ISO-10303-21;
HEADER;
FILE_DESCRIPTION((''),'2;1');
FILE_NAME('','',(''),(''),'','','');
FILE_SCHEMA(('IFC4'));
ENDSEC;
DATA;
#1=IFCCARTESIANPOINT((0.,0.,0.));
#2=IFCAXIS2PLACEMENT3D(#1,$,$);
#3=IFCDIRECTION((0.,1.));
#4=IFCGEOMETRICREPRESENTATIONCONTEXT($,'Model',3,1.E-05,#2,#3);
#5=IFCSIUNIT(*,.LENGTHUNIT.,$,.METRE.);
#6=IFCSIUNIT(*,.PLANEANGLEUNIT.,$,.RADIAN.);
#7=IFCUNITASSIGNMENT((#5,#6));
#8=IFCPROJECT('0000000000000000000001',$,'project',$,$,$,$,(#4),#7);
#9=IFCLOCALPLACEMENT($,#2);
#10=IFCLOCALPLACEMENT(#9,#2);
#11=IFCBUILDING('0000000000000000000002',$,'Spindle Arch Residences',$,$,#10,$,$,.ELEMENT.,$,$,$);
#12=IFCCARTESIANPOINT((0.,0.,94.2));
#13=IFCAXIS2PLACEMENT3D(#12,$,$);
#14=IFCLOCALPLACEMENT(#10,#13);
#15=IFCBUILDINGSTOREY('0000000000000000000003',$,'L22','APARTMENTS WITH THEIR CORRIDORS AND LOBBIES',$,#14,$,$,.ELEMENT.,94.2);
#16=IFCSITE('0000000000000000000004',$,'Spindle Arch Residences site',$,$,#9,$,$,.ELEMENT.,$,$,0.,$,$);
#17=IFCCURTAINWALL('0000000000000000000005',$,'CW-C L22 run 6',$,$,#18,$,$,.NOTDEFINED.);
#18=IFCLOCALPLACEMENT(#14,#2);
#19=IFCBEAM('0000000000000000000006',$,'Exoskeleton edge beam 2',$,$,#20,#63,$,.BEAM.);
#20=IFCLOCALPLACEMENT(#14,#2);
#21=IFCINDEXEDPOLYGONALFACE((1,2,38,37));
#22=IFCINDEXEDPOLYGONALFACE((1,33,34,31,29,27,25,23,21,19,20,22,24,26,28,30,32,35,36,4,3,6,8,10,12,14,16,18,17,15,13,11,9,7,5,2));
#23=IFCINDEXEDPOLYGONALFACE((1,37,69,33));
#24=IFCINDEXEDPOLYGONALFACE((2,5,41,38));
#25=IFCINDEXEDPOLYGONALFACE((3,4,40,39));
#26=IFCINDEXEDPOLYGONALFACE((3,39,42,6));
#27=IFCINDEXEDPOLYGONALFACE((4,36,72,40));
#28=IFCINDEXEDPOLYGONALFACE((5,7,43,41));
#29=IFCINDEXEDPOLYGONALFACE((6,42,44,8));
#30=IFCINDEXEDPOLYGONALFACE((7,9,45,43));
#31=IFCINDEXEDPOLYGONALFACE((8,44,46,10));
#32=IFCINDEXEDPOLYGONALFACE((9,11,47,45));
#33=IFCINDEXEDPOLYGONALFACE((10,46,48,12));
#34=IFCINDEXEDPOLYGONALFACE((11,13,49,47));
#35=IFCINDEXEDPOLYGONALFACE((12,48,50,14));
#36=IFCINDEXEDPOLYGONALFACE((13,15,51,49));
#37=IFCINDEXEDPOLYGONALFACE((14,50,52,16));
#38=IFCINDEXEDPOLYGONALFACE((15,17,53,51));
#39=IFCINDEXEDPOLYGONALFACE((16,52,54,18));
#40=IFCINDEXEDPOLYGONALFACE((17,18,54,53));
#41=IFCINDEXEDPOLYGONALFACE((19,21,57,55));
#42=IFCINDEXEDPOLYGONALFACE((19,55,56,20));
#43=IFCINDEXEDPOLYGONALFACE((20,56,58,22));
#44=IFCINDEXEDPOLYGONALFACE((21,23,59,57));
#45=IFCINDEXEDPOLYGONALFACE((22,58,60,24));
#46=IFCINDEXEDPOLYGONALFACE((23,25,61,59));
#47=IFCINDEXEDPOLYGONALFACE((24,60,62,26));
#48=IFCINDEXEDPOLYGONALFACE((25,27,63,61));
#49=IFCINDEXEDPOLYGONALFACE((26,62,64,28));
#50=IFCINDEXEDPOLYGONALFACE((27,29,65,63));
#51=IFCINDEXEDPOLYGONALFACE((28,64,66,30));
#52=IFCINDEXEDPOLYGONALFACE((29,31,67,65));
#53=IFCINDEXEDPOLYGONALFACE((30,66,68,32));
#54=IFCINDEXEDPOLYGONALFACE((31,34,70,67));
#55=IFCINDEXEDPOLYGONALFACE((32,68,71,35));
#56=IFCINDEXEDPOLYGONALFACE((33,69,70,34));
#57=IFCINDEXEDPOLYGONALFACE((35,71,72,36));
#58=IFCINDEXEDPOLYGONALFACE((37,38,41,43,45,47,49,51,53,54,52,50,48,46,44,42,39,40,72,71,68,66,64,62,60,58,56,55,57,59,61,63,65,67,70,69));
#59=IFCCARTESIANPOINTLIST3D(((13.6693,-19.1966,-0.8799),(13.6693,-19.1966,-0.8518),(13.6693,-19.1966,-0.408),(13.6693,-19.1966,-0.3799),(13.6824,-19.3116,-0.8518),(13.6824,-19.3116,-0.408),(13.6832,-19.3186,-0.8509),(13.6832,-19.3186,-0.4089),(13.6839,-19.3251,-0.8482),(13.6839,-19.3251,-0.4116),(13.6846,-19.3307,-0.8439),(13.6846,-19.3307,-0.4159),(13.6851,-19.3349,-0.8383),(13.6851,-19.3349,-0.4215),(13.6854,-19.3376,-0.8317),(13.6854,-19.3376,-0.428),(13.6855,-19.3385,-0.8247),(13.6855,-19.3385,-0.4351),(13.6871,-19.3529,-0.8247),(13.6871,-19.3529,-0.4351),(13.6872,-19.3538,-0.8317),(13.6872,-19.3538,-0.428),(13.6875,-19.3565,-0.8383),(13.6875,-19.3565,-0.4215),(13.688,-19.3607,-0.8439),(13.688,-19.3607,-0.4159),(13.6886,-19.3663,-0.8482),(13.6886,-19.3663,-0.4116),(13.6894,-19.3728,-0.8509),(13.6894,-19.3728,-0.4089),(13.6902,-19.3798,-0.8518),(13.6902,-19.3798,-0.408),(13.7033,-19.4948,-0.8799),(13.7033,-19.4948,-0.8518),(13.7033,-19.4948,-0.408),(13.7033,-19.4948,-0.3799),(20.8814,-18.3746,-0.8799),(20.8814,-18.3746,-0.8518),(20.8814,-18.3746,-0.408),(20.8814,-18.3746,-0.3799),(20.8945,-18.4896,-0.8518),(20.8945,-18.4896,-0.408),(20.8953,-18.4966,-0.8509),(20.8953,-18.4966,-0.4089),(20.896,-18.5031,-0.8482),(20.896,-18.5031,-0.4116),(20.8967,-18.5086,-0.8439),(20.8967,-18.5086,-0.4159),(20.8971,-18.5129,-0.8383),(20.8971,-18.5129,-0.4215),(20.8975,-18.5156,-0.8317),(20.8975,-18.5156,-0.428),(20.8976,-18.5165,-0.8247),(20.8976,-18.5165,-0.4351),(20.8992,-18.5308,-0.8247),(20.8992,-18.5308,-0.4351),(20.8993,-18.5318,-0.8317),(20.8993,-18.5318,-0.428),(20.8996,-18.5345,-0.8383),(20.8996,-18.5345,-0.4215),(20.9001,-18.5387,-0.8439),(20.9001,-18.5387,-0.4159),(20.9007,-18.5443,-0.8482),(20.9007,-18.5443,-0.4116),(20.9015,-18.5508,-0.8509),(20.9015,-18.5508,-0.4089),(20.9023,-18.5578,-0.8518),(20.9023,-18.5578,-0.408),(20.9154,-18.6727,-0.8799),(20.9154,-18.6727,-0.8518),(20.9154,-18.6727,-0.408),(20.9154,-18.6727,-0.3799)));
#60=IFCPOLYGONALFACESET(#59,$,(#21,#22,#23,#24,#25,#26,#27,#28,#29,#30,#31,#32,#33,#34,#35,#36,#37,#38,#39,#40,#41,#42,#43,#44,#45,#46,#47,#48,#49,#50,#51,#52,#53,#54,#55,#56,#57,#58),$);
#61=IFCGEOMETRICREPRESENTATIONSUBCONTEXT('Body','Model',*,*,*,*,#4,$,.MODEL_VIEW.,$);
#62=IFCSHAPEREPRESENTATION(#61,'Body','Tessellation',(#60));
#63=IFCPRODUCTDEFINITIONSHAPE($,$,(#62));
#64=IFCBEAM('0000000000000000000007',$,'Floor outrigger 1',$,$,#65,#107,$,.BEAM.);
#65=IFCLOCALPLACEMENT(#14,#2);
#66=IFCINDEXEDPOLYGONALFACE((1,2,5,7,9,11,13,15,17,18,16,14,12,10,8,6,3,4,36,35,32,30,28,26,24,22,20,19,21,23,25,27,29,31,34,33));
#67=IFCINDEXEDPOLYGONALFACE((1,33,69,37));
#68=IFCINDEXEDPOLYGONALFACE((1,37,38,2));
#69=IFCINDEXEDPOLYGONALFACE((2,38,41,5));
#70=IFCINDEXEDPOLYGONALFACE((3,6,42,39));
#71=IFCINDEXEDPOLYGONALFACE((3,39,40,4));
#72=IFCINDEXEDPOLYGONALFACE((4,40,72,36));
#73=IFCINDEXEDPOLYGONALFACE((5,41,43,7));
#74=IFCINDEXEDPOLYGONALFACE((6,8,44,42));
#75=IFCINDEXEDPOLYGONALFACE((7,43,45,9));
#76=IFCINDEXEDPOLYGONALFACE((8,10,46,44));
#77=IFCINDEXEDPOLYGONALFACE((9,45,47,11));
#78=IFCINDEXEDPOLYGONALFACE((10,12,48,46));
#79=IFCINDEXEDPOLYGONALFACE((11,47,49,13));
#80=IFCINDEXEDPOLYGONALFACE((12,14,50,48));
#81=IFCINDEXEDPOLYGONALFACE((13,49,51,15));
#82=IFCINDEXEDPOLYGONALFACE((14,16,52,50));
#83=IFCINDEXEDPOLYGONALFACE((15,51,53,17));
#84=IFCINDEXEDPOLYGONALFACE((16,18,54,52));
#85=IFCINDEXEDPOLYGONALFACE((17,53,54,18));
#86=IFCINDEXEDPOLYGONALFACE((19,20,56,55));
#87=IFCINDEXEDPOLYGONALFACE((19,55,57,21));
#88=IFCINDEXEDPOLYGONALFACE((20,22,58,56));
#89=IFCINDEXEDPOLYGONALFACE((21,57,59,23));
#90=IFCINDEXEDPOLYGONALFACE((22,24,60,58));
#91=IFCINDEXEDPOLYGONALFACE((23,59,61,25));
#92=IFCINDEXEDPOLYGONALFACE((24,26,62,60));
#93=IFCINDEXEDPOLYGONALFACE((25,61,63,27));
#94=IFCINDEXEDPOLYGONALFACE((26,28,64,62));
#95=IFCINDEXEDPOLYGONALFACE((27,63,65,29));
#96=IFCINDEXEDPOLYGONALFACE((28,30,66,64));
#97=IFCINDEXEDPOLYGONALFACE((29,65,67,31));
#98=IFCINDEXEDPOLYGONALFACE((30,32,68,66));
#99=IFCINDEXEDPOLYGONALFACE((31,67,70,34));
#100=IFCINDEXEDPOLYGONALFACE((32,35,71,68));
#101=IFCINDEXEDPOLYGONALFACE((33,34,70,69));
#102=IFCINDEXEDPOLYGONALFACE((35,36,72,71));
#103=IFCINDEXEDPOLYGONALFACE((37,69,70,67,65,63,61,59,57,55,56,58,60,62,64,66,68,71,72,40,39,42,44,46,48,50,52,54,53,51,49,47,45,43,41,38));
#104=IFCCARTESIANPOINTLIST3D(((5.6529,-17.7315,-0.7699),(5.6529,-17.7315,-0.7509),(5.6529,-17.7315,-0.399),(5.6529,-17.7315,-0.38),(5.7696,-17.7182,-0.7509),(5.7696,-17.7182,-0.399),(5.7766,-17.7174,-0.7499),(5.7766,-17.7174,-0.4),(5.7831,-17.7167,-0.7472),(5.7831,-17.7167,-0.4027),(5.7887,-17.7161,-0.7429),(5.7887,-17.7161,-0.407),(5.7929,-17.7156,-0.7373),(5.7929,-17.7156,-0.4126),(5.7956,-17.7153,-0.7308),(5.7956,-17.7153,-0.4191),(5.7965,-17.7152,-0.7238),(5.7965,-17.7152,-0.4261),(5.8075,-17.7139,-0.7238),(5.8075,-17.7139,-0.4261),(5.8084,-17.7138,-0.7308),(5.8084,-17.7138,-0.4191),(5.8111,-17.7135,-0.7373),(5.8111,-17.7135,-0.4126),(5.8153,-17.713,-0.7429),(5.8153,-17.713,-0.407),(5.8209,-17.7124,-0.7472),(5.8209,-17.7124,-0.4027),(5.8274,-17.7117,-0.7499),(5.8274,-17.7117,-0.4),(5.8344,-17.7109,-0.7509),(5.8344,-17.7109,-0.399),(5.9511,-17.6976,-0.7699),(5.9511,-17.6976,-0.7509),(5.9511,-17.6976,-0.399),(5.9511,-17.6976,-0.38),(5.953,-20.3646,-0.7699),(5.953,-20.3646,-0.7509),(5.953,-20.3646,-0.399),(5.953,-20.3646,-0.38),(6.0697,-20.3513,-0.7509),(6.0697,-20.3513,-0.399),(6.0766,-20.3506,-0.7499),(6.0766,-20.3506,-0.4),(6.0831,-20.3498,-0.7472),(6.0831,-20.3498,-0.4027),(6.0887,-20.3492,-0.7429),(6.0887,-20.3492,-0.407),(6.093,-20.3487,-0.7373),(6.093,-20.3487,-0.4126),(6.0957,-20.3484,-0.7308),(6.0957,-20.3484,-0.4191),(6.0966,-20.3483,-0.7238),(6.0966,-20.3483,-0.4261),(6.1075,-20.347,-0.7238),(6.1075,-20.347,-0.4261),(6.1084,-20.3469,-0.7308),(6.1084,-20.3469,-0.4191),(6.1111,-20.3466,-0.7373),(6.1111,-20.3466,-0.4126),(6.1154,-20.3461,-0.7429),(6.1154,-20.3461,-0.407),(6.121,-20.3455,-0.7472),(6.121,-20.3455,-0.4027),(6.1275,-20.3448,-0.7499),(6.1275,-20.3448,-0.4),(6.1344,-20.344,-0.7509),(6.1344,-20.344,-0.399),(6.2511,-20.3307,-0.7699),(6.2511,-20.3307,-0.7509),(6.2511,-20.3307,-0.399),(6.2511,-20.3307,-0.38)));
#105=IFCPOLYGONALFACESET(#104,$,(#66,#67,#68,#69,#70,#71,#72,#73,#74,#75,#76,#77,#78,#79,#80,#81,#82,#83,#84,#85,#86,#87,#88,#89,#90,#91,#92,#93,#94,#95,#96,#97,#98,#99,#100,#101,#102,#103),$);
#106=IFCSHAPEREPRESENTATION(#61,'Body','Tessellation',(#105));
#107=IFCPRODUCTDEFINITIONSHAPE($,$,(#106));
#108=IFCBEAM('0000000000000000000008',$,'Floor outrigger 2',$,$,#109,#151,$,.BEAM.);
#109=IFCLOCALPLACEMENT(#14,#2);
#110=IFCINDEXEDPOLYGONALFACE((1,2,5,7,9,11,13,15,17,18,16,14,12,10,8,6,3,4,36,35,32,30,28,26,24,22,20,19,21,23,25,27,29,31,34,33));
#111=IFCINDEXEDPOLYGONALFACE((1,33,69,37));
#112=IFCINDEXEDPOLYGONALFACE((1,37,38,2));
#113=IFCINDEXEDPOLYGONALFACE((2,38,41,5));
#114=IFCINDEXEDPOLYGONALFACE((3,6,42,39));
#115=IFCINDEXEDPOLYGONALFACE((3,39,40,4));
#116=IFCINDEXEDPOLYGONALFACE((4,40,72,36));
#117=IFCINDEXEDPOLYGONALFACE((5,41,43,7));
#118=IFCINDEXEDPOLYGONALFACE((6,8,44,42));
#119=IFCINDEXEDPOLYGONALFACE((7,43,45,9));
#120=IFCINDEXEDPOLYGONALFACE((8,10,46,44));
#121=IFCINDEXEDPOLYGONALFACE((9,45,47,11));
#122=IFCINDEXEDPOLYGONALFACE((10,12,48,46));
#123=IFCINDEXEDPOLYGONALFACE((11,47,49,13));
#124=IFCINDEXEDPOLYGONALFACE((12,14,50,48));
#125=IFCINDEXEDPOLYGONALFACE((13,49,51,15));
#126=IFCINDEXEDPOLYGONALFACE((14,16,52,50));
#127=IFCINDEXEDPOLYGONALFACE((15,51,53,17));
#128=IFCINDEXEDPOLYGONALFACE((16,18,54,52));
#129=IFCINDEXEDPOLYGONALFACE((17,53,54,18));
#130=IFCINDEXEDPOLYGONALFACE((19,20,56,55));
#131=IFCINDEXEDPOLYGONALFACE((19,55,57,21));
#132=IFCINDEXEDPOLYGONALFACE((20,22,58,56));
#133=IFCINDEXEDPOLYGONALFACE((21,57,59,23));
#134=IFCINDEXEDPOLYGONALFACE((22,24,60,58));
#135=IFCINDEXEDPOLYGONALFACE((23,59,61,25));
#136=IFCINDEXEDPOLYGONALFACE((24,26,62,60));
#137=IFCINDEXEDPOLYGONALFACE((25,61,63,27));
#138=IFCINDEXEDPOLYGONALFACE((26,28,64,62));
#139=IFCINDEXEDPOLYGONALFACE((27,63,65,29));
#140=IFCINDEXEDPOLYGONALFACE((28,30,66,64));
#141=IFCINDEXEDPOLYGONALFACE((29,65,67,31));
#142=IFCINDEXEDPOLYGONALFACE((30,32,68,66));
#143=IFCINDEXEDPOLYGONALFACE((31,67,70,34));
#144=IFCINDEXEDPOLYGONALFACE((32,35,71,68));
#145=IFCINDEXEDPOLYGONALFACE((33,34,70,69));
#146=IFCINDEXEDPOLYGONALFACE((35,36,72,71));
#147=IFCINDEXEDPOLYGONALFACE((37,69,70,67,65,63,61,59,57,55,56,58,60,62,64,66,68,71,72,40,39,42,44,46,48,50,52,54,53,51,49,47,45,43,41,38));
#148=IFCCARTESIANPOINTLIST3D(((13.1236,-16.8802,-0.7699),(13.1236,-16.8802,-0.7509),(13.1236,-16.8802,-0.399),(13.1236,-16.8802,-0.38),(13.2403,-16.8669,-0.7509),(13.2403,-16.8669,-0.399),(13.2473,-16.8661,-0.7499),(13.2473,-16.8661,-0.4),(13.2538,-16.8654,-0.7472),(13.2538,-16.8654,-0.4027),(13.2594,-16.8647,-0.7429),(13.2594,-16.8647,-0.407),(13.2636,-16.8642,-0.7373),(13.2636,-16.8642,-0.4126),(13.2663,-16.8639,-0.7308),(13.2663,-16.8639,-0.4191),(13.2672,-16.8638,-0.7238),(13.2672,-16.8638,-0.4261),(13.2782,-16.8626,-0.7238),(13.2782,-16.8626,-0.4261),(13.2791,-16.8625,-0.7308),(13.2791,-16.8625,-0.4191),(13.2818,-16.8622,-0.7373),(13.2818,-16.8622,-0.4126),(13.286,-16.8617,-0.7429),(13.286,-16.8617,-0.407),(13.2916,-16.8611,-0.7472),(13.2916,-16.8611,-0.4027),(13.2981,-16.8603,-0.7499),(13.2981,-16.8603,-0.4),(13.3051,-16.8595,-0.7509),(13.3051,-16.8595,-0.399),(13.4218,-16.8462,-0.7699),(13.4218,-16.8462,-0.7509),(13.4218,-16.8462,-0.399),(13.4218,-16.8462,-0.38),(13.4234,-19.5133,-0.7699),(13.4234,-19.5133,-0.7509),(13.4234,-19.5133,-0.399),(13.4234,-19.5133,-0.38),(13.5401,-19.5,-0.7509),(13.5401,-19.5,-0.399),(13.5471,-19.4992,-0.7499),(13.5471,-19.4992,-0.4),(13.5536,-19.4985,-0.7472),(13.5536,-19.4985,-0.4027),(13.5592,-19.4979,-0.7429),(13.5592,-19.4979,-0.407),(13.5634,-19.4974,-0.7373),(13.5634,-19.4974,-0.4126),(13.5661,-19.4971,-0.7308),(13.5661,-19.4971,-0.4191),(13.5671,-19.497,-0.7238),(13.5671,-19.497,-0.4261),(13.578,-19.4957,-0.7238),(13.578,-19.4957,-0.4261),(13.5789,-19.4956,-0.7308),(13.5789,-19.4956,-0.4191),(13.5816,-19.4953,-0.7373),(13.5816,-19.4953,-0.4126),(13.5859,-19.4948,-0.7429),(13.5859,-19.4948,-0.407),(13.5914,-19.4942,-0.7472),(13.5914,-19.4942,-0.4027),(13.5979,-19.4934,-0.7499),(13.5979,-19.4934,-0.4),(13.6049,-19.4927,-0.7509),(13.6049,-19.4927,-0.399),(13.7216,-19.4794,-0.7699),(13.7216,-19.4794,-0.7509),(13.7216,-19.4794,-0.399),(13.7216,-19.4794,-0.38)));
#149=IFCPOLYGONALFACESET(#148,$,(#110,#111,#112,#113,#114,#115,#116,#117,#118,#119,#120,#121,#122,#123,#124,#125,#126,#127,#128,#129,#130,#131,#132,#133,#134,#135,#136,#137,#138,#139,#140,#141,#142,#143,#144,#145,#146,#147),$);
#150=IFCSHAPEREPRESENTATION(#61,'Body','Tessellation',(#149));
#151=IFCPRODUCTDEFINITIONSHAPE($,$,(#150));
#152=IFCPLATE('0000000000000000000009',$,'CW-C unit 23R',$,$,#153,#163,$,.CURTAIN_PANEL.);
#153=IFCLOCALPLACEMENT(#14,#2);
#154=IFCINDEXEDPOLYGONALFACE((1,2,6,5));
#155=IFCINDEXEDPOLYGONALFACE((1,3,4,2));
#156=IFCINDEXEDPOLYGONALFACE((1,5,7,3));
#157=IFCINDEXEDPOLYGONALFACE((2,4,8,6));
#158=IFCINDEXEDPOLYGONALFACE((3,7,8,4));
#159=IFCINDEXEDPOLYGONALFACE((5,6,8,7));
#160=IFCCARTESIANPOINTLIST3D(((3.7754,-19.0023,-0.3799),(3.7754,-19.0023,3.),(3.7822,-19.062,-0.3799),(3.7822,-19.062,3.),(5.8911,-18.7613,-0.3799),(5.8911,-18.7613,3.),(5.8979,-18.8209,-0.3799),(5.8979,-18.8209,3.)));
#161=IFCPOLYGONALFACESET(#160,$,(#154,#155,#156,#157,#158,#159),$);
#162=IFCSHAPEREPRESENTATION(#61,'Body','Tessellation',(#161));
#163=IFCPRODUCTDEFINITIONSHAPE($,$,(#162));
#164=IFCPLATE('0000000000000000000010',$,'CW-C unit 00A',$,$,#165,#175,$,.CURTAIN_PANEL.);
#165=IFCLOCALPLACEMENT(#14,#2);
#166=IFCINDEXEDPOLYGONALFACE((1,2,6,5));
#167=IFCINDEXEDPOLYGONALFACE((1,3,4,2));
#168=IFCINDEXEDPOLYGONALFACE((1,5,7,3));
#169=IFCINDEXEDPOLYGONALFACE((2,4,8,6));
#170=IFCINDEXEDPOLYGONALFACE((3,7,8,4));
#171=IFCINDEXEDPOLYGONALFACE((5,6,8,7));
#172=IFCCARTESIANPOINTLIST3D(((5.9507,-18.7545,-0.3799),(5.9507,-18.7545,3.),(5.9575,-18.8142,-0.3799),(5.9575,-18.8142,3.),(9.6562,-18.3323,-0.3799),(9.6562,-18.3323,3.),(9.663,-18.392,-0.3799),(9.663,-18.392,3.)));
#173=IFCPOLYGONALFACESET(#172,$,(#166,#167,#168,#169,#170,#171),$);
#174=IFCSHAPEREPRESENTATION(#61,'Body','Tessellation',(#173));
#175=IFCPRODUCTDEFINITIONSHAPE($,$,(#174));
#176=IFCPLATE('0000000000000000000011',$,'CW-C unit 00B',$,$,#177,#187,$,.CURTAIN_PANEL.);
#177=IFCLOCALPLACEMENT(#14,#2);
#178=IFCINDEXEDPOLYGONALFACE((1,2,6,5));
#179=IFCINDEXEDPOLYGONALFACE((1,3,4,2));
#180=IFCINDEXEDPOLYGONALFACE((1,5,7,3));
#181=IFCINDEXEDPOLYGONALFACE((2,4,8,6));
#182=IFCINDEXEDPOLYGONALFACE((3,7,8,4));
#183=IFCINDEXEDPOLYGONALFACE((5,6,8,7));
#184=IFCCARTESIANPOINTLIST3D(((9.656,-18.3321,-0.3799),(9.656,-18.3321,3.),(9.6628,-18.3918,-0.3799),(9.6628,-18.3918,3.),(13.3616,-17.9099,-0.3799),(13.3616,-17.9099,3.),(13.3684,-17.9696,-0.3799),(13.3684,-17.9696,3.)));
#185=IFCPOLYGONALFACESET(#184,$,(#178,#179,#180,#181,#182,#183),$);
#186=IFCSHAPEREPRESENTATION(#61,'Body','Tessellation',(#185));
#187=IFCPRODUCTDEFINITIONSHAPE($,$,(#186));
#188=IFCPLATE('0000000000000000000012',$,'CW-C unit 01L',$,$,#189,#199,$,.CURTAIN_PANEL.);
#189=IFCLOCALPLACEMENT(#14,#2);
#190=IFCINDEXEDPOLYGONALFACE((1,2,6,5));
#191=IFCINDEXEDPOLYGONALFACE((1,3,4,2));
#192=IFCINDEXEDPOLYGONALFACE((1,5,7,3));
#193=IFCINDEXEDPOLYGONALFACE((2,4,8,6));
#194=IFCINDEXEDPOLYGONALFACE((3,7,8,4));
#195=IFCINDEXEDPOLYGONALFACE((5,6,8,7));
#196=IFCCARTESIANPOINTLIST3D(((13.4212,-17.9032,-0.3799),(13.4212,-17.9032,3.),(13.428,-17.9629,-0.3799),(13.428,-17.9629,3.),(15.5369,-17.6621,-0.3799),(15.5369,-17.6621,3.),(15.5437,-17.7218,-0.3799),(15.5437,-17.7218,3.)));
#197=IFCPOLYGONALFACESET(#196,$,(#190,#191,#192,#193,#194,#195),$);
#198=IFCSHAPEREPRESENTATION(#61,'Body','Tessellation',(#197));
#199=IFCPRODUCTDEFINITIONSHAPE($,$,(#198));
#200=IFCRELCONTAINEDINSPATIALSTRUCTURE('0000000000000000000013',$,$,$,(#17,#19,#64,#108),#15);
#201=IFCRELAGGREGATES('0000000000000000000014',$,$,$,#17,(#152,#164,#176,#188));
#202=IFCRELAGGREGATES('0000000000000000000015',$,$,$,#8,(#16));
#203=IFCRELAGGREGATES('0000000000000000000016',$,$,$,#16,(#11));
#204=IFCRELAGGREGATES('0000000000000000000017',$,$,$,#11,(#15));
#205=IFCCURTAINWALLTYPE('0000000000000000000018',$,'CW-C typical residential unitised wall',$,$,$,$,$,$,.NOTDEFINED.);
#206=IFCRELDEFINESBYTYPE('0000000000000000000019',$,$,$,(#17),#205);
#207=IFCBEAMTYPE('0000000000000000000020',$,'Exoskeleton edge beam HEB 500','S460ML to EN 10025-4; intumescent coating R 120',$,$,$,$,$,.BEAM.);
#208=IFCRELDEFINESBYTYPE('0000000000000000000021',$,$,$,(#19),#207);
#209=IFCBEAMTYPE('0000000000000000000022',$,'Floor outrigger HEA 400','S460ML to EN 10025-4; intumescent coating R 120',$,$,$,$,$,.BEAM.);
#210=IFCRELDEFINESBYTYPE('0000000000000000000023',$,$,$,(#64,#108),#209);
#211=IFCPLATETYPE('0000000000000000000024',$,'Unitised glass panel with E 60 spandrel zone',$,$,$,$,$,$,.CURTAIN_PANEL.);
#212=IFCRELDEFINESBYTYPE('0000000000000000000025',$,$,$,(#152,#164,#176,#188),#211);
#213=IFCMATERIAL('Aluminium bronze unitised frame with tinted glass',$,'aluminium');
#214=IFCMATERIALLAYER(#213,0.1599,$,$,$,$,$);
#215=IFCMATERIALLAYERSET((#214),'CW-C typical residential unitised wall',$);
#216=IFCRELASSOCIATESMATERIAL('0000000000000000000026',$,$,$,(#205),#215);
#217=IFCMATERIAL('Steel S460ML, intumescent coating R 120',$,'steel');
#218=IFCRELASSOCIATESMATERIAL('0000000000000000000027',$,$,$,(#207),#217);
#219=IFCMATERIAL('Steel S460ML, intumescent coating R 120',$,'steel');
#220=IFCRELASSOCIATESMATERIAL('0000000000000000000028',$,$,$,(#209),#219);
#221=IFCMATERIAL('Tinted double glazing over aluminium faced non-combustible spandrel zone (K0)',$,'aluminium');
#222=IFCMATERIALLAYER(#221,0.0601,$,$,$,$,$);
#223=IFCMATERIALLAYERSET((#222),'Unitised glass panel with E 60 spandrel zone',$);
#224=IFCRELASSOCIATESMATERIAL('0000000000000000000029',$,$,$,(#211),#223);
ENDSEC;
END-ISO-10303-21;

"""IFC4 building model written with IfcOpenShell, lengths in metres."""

from ifc_helpers import new_model, si_unit, direction, frame, origin, origin_2d, place, context, subcontext, project, spatial, rectangle, i_section, extrude, material, layer, layer_set, material_profile, profile_set, type_object, element, aggregate, save


model = new_model("IFC4")

# Units and contexts
model_context = context("Model", 3, precision=1e-05, world=origin(), true_north=direction((0.0, 1.0)))
body_context = subcontext(model_context, "Body", "Model", "MODEL_VIEW")
ifc_project = project(units=[si_unit("LENGTHUNIT", "METRE"), si_unit("PLANEANGLEUNIT", "RADIAN")], contexts=[model_context])

# Site, building, storey
site_placement = place(None, origin())
site = spatial("IfcSite", under=ifc_project, at=site_placement, Name="Spindle Arch Residences site", CompositionType="ELEMENT", RefElevation=0.0)
building_placement = place(site_placement, origin())
building = spatial("IfcBuilding", under=site, at=building_placement, Name="Spindle Arch Residences", CompositionType="ELEMENT")
storey_placement = place(building_placement, frame((0.0, 0.0, 94.2)))
storey = spatial("IfcBuildingStorey", under=building, at=storey_placement, Name="L22", Description="APARTMENTS WITH THEIR CORRIDORS AND LOBBIES", CompositionType="ELEMENT", Elevation=94.2)

# Curtain wall
ifc_material_1 = material(Name="Aluminium bronze unitised frame with tinted glass", Category="aluminium")
ifc_layer_1 = layer(ifc_material_1, 0.1599)
ifc_layer_set_1 = layer_set([ifc_layer_1], Name="CW-C typical residential unitised wall")
curtain_wall_type = type_object("IfcCurtainWallType", Name="CW-C typical residential unitised wall", PredefinedType="NOTDEFINED", material=ifc_layer_set_1)
curtain_wall_placement = place(storey_placement, origin())
curtain_wall = element("IfcCurtainWall", 1, at=curtain_wall_placement, inside=storey, type_object=curtain_wall_type, Name="CW-C L22 run 6", PredefinedType="NOTDEFINED")

# Beams
ifc_material_2 = material(Name="Steel S460ML, intumescent coating R 120", Category="steel")
ifc_material_profile_1 = material_profile(ifc_material_2, i_section(OverallWidth=0.3, OverallDepth=0.5, WebThickness=0.0144, FlangeThickness=0.0281, FilletRadius=0.0271, at=origin_2d()), Name="HEB 500")
ifc_profile_set_1 = profile_set([ifc_material_profile_1], Name="Steel S460ML, intumescent coating R 120")
beam_type_1 = type_object("IfcBeamType", Name="Exoskeleton edge beam HEB 500", Description="S460ML to EN 10025-4; intumescent coating R 120", PredefinedType="BEAM", material=ifc_profile_set_1)
for number, where, z_axis, x_axis, name in (
    (2, (13.6863, -19.3457, -0.6299), (0.993567, 0.113244, 0.0), (-0.113244, 0.993567, 0.0), "Exoskeleton edge beam 2"),
):
    element("IfcBeam", number, at=place(storey_placement, frame(where, z_axis=z_axis, x_axis=x_axis)), inside=storey, type_object=beam_type_1, Name=name, PredefinedType="BEAM", context=body_context, shape_type="SweptSolid", body=[
        extrude(i_section(OverallWidth=0.3, OverallDepth=0.5, WebThickness=0.0144, FlangeThickness=0.0281, FilletRadius=0.0271, at=origin_2d()), origin(), (0.0, 0.0, 1.0), 7.2588),
    ])
ifc_material_3 = material(Name="Steel S460ML, intumescent coating R 120", Category="steel")
ifc_material_profile_2 = material_profile(ifc_material_3, i_section(OverallWidth=0.3, OverallDepth=0.3899, WebThickness=0.011, FlangeThickness=0.019, FilletRadius=0.0271, at=origin_2d()), Name="HEA 400")
ifc_profile_set_2 = profile_set([ifc_material_profile_2], Name="Steel S460ML, intumescent coating R 120")
beam_type_2 = type_object("IfcBeamType", Name="Floor outrigger HEA 400", Description="S460ML to EN 10025-4; intumescent coating R 120", PredefinedType="BEAM", material=ifc_profile_set_2)
for number, where, z_axis, x_axis, name in (
    (3, (6.1021, -20.3477, -0.575), (-0.113222, 0.99357, 0.0), (-0.99357, -0.113222, 0.0), "Floor outrigger 1"),
    (4, (13.5725, -19.4963, -0.575), (-0.113131, 0.99358, 0.0), (-0.99358, -0.113131, 0.0), "Floor outrigger 2"),
):
    element("IfcBeam", number, at=place(storey_placement, frame(where, z_axis=z_axis, x_axis=x_axis)), inside=storey, type_object=beam_type_2, Name=name, PredefinedType="BEAM", context=body_context, shape_type="SweptSolid", body=[
        extrude(i_section(OverallWidth=0.3, OverallDepth=0.3899, WebThickness=0.011, FlangeThickness=0.019, FilletRadius=0.0271, at=origin_2d()), origin(), (0.0, 0.0, 1.0), 2.6501),
    ])

# Plates
ifc_material_4 = material(Name="Tinted double glazing over aluminium faced non-combustible spandrel zone (K0)", Category="aluminium")
ifc_layer_2 = layer(ifc_material_4, 0.0601)
ifc_layer_set_2 = layer_set([ifc_layer_2], Name="Unitised glass panel with E 60 spandrel zone")
plate_type = type_object("IfcPlateType", Name="Unitised glass panel with E 60 spandrel zone", PredefinedType="CURTAIN_PANEL", material=ifc_layer_set_2)
plate_1_placement = place(storey_placement, frame((4.8367, -18.9116, -0.3799), z_axis=(0.0, 0.0, 1.0), x_axis=(0.993572, 0.113203, 0.0)))
plate_1 = element("IfcPlate", 5, at=plate_1_placement, type_object=plate_type, Name="CW-C unit 23R", PredefinedType="CURTAIN_PANEL", context=body_context, shape_type="SweptSolid", body=[
    extrude(rectangle(XDim=2.1294, YDim=0.0601, at=origin_2d()), origin(), (0.0, 0.0, 1.0), 3.3799),
])
plate_2_placement = place(storey_placement, frame((7.8069, -18.5732, -0.3799), z_axis=(0.0, 0.0, 1.0), x_axis=(0.993572, 0.113203, 0.0)))
plate_2 = element("IfcPlate", 6, at=plate_2_placement, type_object=plate_type, Name="CW-C unit 00A", PredefinedType="CURTAIN_PANEL", context=body_context, shape_type="SweptSolid", body=[
    extrude(rectangle(XDim=3.7295, YDim=0.0601, at=origin_2d()), origin(), (0.0, 0.0, 1.0), 3.3799),
])
plate_3_placement = place(storey_placement, frame((11.5122, -18.1509, -0.3799), z_axis=(0.0, 0.0, 1.0), x_axis=(0.993572, 0.113203, 0.0)))
plate_3 = element("IfcPlate", 7, at=plate_3_placement, type_object=plate_type, Name="CW-C unit 00B", PredefinedType="CURTAIN_PANEL", context=body_context, shape_type="SweptSolid", body=[
    extrude(rectangle(XDim=3.7295, YDim=0.0601, at=origin_2d()), origin(), (0.0, 0.0, 1.0), 3.3799),
])
plate_4_placement = place(storey_placement, frame((14.4824, -17.8125, -0.3799), z_axis=(0.0, 0.0, 1.0), x_axis=(0.993572, 0.113203, 0.0)))
plate_4 = element("IfcPlate", 8, at=plate_4_placement, type_object=plate_type, Name="CW-C unit 01L", PredefinedType="CURTAIN_PANEL", context=body_context, shape_type="SweptSolid", body=[
    extrude(rectangle(XDim=2.1294, YDim=0.0601, at=origin_2d()), origin(), (0.0, 0.0, 1.0), 3.3799),
])
aggregate(curtain_wall, [plate_1, plate_2, plate_3, plate_4])

save(model, "model.ifc")
